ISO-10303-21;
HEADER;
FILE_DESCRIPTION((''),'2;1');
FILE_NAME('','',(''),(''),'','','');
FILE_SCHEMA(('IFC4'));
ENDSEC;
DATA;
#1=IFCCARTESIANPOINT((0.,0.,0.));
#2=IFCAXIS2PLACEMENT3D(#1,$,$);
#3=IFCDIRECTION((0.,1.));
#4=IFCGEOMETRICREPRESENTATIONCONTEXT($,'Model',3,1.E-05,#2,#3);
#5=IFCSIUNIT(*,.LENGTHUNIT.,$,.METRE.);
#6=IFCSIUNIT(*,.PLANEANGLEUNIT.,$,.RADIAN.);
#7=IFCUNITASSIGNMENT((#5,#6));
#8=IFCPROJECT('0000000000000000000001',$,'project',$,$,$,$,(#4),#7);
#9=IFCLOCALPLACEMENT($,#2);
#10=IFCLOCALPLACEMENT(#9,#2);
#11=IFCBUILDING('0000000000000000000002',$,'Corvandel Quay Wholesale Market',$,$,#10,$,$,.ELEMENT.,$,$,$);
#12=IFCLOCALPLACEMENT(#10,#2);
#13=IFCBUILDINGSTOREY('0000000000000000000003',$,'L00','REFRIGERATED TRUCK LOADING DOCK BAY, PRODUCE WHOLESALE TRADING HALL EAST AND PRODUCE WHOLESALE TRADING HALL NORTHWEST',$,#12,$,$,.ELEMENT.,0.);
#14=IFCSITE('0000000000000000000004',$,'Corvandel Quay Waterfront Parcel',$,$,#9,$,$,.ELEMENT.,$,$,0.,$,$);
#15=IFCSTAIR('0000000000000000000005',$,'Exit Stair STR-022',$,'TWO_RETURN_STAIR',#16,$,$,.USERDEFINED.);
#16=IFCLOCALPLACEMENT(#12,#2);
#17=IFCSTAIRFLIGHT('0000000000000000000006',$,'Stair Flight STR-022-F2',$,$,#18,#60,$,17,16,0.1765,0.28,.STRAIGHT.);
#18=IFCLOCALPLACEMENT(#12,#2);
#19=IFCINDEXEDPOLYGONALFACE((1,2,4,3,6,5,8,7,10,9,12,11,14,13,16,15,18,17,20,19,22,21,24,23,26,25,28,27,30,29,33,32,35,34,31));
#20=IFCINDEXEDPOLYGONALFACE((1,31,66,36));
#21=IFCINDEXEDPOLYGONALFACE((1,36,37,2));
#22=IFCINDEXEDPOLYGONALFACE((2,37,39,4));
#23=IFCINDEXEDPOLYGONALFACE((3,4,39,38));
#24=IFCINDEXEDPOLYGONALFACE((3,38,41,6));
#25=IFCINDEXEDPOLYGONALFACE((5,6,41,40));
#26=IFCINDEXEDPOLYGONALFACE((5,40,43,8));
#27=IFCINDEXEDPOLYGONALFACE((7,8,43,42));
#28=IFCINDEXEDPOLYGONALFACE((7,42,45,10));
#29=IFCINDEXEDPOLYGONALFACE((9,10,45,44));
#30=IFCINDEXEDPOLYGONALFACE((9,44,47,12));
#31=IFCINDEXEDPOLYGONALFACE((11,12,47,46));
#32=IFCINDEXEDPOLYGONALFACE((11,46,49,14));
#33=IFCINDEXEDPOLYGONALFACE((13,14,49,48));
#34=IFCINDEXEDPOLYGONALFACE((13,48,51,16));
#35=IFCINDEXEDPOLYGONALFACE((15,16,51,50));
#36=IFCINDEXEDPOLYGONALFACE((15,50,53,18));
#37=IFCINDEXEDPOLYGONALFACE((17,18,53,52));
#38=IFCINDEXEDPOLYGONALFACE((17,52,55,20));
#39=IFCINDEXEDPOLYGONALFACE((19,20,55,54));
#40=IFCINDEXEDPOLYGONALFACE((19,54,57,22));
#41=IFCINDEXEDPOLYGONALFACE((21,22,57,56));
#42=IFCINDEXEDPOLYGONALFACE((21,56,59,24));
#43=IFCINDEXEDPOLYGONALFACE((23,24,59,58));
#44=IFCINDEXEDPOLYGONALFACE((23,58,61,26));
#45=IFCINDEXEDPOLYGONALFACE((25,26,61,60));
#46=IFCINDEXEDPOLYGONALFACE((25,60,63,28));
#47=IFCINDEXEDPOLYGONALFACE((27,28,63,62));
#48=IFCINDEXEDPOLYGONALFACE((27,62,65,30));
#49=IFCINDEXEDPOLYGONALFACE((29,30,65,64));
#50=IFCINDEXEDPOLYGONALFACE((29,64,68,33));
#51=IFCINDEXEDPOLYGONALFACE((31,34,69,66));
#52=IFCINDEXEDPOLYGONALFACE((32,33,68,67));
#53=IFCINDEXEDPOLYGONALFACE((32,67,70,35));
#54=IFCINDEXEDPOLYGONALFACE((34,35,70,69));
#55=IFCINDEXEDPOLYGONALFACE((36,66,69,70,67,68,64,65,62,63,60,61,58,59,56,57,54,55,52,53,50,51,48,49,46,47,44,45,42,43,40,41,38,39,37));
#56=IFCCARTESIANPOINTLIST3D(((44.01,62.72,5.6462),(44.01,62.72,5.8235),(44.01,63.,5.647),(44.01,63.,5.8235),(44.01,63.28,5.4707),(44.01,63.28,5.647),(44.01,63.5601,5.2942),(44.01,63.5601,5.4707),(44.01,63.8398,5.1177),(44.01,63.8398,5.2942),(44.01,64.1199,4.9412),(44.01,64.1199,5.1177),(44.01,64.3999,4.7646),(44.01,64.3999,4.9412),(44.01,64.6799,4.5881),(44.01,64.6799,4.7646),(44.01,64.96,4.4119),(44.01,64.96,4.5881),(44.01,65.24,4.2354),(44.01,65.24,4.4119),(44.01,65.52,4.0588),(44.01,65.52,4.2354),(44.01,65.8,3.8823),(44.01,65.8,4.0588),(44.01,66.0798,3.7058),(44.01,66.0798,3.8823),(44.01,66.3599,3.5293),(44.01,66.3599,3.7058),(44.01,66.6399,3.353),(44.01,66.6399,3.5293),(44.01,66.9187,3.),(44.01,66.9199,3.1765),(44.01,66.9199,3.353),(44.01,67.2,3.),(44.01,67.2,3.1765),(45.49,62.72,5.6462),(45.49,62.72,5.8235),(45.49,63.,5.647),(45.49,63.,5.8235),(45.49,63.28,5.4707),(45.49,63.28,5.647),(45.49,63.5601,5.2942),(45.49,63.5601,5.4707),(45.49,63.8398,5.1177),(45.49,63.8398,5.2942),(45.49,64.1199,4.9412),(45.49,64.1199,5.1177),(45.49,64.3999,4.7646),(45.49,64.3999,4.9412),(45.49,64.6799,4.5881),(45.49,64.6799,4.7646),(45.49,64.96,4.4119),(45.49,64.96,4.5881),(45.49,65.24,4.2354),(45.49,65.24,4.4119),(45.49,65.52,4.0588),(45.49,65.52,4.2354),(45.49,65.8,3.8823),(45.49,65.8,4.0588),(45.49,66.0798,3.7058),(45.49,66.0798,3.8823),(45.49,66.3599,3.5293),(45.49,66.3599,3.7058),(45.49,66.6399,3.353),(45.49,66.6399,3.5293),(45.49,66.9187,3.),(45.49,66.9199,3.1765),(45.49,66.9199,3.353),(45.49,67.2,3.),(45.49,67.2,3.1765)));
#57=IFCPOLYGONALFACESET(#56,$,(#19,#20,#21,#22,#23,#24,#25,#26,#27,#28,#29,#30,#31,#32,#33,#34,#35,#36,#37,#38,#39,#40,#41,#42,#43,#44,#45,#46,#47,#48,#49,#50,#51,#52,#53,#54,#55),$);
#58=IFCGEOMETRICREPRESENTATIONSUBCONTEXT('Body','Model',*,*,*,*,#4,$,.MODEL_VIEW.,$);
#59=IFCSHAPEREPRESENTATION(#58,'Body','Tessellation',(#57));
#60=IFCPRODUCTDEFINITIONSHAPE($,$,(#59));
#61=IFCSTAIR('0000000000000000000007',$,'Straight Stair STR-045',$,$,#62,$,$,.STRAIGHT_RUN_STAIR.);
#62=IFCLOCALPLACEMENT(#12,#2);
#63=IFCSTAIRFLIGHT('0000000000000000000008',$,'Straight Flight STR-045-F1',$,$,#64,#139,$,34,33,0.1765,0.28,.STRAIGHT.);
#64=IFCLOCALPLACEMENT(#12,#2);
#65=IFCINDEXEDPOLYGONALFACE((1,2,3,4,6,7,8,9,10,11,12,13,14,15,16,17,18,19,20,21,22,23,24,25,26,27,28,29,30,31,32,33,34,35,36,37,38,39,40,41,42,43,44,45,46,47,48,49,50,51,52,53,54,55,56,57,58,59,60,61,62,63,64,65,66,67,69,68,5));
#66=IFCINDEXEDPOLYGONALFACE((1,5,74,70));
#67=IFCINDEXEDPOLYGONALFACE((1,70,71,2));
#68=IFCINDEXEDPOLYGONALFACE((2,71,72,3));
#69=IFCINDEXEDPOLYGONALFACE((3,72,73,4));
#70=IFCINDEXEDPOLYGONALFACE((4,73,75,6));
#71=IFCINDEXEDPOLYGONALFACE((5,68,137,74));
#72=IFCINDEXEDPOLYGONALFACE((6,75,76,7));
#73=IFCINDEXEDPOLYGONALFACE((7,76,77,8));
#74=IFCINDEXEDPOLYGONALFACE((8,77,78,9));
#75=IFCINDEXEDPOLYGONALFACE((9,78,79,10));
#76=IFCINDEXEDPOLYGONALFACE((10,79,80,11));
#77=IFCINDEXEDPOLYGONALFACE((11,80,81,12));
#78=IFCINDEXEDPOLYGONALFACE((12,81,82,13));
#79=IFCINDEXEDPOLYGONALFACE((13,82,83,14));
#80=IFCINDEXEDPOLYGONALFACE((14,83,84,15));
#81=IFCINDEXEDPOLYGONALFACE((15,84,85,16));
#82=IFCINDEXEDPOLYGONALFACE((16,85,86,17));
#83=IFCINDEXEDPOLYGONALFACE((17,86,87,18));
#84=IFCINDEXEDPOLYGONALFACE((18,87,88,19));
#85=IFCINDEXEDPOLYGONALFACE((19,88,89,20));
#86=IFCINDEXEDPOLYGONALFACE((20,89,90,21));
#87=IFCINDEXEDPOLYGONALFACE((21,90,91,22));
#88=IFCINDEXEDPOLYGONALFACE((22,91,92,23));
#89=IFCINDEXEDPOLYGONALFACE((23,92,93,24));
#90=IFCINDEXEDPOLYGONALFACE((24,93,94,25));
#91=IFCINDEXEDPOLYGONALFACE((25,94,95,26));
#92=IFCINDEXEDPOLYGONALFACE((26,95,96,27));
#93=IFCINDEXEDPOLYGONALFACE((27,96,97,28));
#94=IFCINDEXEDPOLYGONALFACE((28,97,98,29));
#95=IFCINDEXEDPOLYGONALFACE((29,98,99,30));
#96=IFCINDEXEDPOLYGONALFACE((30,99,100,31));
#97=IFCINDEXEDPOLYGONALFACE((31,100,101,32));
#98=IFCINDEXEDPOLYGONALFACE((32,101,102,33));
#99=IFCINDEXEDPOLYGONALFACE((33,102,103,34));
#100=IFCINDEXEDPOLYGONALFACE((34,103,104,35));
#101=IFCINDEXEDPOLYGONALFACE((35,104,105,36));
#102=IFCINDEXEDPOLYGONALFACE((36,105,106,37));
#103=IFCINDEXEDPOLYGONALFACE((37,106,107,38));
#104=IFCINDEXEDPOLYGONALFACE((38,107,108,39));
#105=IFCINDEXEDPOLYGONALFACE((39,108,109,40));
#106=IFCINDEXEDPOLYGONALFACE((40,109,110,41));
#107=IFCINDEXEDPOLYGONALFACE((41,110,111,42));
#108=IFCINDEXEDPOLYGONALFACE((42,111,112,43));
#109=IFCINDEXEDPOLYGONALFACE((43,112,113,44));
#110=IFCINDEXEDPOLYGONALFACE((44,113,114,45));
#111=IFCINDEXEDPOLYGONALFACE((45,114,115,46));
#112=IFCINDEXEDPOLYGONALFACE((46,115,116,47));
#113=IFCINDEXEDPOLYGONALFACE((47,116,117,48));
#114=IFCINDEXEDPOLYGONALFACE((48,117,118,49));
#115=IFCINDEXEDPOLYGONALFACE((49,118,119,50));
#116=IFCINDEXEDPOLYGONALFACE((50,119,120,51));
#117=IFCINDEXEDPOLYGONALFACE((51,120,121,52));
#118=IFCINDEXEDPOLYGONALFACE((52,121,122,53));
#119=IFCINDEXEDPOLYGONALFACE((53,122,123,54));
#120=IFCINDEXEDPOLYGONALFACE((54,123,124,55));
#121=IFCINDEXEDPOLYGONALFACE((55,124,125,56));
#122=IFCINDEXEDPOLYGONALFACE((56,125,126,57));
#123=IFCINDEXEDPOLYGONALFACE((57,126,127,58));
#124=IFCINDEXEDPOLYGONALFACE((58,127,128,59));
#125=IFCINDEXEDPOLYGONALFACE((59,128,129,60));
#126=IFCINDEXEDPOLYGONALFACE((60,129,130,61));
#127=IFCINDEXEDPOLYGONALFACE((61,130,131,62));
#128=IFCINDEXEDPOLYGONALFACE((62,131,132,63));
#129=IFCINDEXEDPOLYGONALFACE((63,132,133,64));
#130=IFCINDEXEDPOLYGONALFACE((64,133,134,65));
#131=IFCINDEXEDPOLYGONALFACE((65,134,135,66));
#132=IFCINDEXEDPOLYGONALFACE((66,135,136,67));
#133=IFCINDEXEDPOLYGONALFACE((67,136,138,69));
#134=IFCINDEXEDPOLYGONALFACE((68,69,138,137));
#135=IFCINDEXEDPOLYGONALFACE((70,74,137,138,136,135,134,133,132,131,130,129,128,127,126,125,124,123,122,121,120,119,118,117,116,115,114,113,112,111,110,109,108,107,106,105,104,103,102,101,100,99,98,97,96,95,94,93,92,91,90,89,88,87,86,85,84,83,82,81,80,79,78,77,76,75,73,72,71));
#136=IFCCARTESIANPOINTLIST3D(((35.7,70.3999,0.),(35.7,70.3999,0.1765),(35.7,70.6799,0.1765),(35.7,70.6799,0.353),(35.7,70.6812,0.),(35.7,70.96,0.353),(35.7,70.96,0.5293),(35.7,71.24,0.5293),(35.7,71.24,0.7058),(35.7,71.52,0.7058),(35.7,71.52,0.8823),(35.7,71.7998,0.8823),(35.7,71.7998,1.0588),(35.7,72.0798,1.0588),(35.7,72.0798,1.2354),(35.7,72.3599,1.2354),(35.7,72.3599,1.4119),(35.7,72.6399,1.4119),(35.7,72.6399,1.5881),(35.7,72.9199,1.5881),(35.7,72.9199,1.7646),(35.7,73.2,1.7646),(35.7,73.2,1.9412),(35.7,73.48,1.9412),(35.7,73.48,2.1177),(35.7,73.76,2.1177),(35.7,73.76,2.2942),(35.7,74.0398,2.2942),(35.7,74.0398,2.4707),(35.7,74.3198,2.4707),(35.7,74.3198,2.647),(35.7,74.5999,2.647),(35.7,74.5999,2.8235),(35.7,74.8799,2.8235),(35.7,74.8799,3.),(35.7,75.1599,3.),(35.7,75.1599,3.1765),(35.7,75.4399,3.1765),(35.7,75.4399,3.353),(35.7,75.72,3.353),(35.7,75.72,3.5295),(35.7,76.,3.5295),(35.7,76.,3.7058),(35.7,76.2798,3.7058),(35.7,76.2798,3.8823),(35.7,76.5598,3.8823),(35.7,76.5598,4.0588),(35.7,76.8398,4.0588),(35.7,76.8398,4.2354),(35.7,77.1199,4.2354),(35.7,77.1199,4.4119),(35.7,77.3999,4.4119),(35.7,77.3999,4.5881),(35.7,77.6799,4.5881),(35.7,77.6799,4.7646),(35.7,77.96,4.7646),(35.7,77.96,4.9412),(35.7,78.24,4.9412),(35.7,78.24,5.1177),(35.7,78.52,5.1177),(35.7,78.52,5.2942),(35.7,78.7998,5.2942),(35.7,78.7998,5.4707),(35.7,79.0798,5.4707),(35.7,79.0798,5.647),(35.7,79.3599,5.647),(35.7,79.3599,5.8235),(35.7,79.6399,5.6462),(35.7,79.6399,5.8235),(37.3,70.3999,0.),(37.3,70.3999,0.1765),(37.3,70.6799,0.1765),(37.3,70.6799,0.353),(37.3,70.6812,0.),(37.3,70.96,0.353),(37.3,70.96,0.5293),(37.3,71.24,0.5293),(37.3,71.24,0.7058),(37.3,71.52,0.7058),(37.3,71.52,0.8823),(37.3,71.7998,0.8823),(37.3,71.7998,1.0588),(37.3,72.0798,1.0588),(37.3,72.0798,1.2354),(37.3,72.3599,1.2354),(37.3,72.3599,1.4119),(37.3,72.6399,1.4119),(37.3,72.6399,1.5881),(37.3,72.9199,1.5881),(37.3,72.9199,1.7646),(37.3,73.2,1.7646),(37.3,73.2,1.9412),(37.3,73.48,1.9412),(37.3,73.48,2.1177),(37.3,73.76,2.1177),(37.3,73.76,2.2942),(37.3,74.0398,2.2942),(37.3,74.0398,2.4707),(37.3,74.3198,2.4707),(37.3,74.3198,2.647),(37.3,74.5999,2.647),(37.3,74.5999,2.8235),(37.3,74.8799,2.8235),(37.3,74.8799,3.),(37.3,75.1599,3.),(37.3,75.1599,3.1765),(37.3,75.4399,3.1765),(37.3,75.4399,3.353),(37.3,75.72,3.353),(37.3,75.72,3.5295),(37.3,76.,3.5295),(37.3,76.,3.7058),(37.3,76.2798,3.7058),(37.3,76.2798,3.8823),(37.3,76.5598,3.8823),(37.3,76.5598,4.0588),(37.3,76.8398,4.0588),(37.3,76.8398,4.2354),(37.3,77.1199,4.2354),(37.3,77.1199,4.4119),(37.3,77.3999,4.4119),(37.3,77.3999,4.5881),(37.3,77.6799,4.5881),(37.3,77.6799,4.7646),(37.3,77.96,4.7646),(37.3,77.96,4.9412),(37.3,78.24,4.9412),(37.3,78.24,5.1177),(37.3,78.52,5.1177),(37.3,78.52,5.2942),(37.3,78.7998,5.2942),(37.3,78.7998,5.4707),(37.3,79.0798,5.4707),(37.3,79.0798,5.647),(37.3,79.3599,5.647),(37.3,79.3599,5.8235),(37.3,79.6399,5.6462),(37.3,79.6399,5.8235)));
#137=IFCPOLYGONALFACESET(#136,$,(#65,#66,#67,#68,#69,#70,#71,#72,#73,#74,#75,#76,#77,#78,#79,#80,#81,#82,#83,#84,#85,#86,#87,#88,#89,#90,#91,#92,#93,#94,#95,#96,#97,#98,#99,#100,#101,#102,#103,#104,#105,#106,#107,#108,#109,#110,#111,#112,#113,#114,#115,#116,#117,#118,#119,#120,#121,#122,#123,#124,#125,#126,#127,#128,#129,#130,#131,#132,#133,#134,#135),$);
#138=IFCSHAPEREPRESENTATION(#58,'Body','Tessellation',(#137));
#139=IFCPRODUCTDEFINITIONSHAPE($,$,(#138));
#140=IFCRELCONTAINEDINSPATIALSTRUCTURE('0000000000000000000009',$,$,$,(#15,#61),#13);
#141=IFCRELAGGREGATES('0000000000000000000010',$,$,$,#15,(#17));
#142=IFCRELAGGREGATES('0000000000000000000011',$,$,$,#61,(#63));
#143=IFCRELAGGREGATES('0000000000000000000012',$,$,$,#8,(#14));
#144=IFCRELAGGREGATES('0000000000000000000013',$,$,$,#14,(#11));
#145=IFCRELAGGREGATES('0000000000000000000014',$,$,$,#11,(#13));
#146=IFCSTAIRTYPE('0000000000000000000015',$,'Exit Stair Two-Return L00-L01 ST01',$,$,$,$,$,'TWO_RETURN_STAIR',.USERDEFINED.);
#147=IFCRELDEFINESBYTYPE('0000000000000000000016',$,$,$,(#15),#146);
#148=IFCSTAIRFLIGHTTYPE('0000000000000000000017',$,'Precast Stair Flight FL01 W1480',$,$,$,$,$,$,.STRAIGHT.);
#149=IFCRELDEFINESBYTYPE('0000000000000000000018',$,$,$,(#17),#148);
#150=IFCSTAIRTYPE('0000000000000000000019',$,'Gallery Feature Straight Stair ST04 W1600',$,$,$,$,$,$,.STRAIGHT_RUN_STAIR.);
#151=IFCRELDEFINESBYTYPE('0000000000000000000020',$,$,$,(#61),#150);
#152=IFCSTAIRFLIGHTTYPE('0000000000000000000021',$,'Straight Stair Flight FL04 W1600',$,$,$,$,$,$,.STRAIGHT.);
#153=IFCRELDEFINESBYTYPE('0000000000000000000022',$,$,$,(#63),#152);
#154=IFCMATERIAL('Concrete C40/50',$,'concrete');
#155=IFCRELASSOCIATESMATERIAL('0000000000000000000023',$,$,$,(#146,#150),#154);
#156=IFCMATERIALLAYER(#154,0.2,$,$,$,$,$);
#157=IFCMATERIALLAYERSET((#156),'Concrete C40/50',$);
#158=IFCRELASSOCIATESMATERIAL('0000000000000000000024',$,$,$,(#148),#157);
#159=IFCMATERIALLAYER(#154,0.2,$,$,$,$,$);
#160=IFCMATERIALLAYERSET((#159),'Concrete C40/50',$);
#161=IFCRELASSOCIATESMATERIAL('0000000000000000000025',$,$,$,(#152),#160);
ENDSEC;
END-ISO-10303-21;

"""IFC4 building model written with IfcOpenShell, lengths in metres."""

from ifc_helpers import new_model, si_unit, direction, frame, origin, place, context, subcontext, project, spatial, polyline, outline, extrude, material, layer, layer_set, type_object, element, aggregate, save


model = new_model("IFC4")

# Units and contexts
model_context = context("Model", 3, precision=1e-05, world=origin(), true_north=direction((0.0, 1.0)))
body_context = subcontext(model_context, "Body", "Model", "MODEL_VIEW")
ifc_project = project(units=[si_unit("LENGTHUNIT", "METRE"), si_unit("PLANEANGLEUNIT", "RADIAN")], contexts=[model_context])

# Site, building, storey
site_placement = place(None, origin())
site = spatial("IfcSite", under=ifc_project, at=site_placement, Name="Corvandel Quay Waterfront Parcel", CompositionType="ELEMENT", RefElevation=0.0)
building_placement = place(site_placement, origin())
building = spatial("IfcBuilding", under=site, at=building_placement, Name="Corvandel Quay Wholesale Market", CompositionType="ELEMENT")
storey_placement = place(building_placement, origin())
storey = spatial("IfcBuildingStorey", under=building, at=storey_placement, Name="L00", Description="REFRIGERATED TRUCK LOADING DOCK BAY, PRODUCE WHOLESALE TRADING HALL EAST AND PRODUCE WHOLESALE TRADING HALL NORTHWEST", CompositionType="ELEMENT", Elevation=0.0)

# Shared definitions
ifc_material_1 = material(Name="Concrete C40/50", Category="concrete")

# Stairs, stair flights
stair_type_1 = type_object("IfcStairType", Name="Exit Stair Two-Return L00-L01 ST01", ElementType="TWO_RETURN_STAIR", PredefinedType="USERDEFINED", material=ifc_material_1)
stair_1_placement = place(storey_placement, origin())
stair_1 = element("IfcStair", 1, at=stair_1_placement, inside=storey, type_object=stair_type_1, Name="Exit Stair STR-022", ObjectType="TWO_RETURN_STAIR", PredefinedType="USERDEFINED")
ifc_layer_1 = layer(ifc_material_1, 0.2)
ifc_layer_set_1 = layer_set([ifc_layer_1], Name="Concrete C40/50")
stair_flight_type_1 = type_object("IfcStairFlightType", Name="Precast Stair Flight FL01 W1480", PredefinedType="STRAIGHT", material=ifc_layer_set_1)
stair_flight_1_placement = place(storey_placement, frame((44.75, 67.2, 3.0), z_axis=(0.0, 0.0, 1.0), x_axis=(0.0, -1.0, 0.0)))
stair_flight_1 = element("IfcStairFlight", 2, at=stair_flight_1_placement, type_object=stair_flight_type_1, Name="Stair Flight STR-022-F2", NumberOfRisers=17, NumberOfTreads=16, PredefinedType="STRAIGHT", RiserHeight=0.1765, TreadLength=0.28, context=body_context, shape_type="SweptSolid", body=[
    extrude(outline(polyline([(0.0, 0.0), (0.0, 0.1765), (0.28, 0.1765), (0.28, 0.353), (0.5601, 0.353), (0.5601, 0.5293), (0.8401, 0.5293), (0.8401, 0.7058), (1.1201, 0.7058), (1.1201, 0.8823), (1.3999, 0.8823), (1.3999, 1.0588), (1.6799, 1.0588), (1.6799, 1.2354), (1.96, 1.2354), (1.96, 1.4119), (2.24, 1.4119), (2.24, 1.5881), (2.52, 1.5881), (2.52, 1.7646), (2.8, 1.7646), (2.8, 1.9412), (3.0801, 1.9412), (3.0801, 2.1177), (3.3601, 2.1177), (3.3601, 2.2942), (3.6399, 2.2942), (3.6399, 2.4707), (3.9199, 2.4707), (3.9199, 2.647), (4.2, 2.647), (4.2, 2.8235), (4.48, 2.8235), (4.48, 3.0), (4.48, 2.6462), (0.2812, 0.0), (0.0, 0.0)])), frame((0.0, 0.74, 0.0), z_axis=(0.0, -1.0, 0.0), x_axis=(1.0, 0.0, 0.0)), (0.0, 0.0, 1.0), 1.48),
])
aggregate(stair_1, [stair_flight_1])
stair_type_2 = type_object("IfcStairType", Name="Gallery Feature Straight Stair ST04 W1600", PredefinedType="STRAIGHT_RUN_STAIR", material=ifc_material_1)
stair_2_placement = place(storey_placement, origin())
stair_2 = element("IfcStair", 3, at=stair_2_placement, inside=storey, type_object=stair_type_2, Name="Straight Stair STR-045", PredefinedType="STRAIGHT_RUN_STAIR")
ifc_layer_2 = layer(ifc_material_1, 0.2)
ifc_layer_set_2 = layer_set([ifc_layer_2], Name="Concrete C40/50")
stair_flight_type_2 = type_object("IfcStairFlightType", Name="Straight Stair Flight FL04 W1600", PredefinedType="STRAIGHT", material=ifc_layer_set_2)
stair_flight_2_placement = place(storey_placement, frame((36.5, 70.3999, 0.0), z_axis=(0.0, 0.0, 1.0), x_axis=(0.0, 1.0, 0.0)))
stair_flight_2 = element("IfcStairFlight", 4, at=stair_flight_2_placement, type_object=stair_flight_type_2, Name="Straight Flight STR-045-F1", NumberOfRisers=34, NumberOfTreads=33, PredefinedType="STRAIGHT", RiserHeight=0.1765, TreadLength=0.28, context=body_context, shape_type="SweptSolid", body=[
    extrude(outline(polyline([(0.0, 0.0), (0.0, 0.1765), (0.28, 0.1765), (0.28, 0.353), (0.5601, 0.353), (0.5601, 0.5293), (0.8401, 0.5293), (0.8401, 0.7058), (1.1201, 0.7058), (1.1201, 0.8823), (1.3999, 0.8823), (1.3999, 1.0588), (1.6799, 1.0588), (1.6799, 1.2354), (1.96, 1.2354), (1.96, 1.4119), (2.24, 1.4119), (2.24, 1.5881), (2.52, 1.5881), (2.52, 1.7646), (2.8, 1.7646), (2.8, 1.9412), (3.0801, 1.9412), (3.0801, 2.1177), (3.3601, 2.1177), (3.3601, 2.2942), (3.6399, 2.2942), (3.6399, 2.4707), (3.9199, 2.4707), (3.9199, 2.647), (4.2, 2.647), (4.2, 2.8235), (4.48, 2.8235), (4.48, 3.0), (4.76, 3.0), (4.76, 3.1765), (5.04, 3.1765), (5.04, 3.353), (5.3201, 3.353), (5.3201, 3.5295), (5.6001, 3.5295), (5.6001, 3.7058), (5.8799, 3.7058), (5.8799, 3.8823), (6.1599, 3.8823), (6.1599, 4.0588), (6.4399, 4.0588), (6.4399, 4.2354), (6.72, 4.2354), (6.72, 4.4119), (7.0, 4.4119), (7.0, 4.5881), (7.28, 4.5881), (7.28, 4.7646), (7.5601, 4.7646), (7.5601, 4.9412), (7.8401, 4.9412), (7.8401, 5.1177), (8.1201, 5.1177), (8.1201, 5.2942), (8.3999, 5.2942), (8.3999, 5.4707), (8.6799, 5.4707), (8.6799, 5.647), (8.96, 5.647), (8.96, 5.8235), (9.24, 5.8235), (9.24, 6.0), (9.24, 5.6462), (0.2812, 0.0), (0.0, 0.0)])), frame((0.0, 0.8, 0.0), z_axis=(0.0, -1.0, 0.0), x_axis=(1.0, 0.0, 0.0)), (0.0, 0.0, 1.0), 1.6001),
])
aggregate(stair_2, [stair_flight_2])

save(model, "model.ifc")
